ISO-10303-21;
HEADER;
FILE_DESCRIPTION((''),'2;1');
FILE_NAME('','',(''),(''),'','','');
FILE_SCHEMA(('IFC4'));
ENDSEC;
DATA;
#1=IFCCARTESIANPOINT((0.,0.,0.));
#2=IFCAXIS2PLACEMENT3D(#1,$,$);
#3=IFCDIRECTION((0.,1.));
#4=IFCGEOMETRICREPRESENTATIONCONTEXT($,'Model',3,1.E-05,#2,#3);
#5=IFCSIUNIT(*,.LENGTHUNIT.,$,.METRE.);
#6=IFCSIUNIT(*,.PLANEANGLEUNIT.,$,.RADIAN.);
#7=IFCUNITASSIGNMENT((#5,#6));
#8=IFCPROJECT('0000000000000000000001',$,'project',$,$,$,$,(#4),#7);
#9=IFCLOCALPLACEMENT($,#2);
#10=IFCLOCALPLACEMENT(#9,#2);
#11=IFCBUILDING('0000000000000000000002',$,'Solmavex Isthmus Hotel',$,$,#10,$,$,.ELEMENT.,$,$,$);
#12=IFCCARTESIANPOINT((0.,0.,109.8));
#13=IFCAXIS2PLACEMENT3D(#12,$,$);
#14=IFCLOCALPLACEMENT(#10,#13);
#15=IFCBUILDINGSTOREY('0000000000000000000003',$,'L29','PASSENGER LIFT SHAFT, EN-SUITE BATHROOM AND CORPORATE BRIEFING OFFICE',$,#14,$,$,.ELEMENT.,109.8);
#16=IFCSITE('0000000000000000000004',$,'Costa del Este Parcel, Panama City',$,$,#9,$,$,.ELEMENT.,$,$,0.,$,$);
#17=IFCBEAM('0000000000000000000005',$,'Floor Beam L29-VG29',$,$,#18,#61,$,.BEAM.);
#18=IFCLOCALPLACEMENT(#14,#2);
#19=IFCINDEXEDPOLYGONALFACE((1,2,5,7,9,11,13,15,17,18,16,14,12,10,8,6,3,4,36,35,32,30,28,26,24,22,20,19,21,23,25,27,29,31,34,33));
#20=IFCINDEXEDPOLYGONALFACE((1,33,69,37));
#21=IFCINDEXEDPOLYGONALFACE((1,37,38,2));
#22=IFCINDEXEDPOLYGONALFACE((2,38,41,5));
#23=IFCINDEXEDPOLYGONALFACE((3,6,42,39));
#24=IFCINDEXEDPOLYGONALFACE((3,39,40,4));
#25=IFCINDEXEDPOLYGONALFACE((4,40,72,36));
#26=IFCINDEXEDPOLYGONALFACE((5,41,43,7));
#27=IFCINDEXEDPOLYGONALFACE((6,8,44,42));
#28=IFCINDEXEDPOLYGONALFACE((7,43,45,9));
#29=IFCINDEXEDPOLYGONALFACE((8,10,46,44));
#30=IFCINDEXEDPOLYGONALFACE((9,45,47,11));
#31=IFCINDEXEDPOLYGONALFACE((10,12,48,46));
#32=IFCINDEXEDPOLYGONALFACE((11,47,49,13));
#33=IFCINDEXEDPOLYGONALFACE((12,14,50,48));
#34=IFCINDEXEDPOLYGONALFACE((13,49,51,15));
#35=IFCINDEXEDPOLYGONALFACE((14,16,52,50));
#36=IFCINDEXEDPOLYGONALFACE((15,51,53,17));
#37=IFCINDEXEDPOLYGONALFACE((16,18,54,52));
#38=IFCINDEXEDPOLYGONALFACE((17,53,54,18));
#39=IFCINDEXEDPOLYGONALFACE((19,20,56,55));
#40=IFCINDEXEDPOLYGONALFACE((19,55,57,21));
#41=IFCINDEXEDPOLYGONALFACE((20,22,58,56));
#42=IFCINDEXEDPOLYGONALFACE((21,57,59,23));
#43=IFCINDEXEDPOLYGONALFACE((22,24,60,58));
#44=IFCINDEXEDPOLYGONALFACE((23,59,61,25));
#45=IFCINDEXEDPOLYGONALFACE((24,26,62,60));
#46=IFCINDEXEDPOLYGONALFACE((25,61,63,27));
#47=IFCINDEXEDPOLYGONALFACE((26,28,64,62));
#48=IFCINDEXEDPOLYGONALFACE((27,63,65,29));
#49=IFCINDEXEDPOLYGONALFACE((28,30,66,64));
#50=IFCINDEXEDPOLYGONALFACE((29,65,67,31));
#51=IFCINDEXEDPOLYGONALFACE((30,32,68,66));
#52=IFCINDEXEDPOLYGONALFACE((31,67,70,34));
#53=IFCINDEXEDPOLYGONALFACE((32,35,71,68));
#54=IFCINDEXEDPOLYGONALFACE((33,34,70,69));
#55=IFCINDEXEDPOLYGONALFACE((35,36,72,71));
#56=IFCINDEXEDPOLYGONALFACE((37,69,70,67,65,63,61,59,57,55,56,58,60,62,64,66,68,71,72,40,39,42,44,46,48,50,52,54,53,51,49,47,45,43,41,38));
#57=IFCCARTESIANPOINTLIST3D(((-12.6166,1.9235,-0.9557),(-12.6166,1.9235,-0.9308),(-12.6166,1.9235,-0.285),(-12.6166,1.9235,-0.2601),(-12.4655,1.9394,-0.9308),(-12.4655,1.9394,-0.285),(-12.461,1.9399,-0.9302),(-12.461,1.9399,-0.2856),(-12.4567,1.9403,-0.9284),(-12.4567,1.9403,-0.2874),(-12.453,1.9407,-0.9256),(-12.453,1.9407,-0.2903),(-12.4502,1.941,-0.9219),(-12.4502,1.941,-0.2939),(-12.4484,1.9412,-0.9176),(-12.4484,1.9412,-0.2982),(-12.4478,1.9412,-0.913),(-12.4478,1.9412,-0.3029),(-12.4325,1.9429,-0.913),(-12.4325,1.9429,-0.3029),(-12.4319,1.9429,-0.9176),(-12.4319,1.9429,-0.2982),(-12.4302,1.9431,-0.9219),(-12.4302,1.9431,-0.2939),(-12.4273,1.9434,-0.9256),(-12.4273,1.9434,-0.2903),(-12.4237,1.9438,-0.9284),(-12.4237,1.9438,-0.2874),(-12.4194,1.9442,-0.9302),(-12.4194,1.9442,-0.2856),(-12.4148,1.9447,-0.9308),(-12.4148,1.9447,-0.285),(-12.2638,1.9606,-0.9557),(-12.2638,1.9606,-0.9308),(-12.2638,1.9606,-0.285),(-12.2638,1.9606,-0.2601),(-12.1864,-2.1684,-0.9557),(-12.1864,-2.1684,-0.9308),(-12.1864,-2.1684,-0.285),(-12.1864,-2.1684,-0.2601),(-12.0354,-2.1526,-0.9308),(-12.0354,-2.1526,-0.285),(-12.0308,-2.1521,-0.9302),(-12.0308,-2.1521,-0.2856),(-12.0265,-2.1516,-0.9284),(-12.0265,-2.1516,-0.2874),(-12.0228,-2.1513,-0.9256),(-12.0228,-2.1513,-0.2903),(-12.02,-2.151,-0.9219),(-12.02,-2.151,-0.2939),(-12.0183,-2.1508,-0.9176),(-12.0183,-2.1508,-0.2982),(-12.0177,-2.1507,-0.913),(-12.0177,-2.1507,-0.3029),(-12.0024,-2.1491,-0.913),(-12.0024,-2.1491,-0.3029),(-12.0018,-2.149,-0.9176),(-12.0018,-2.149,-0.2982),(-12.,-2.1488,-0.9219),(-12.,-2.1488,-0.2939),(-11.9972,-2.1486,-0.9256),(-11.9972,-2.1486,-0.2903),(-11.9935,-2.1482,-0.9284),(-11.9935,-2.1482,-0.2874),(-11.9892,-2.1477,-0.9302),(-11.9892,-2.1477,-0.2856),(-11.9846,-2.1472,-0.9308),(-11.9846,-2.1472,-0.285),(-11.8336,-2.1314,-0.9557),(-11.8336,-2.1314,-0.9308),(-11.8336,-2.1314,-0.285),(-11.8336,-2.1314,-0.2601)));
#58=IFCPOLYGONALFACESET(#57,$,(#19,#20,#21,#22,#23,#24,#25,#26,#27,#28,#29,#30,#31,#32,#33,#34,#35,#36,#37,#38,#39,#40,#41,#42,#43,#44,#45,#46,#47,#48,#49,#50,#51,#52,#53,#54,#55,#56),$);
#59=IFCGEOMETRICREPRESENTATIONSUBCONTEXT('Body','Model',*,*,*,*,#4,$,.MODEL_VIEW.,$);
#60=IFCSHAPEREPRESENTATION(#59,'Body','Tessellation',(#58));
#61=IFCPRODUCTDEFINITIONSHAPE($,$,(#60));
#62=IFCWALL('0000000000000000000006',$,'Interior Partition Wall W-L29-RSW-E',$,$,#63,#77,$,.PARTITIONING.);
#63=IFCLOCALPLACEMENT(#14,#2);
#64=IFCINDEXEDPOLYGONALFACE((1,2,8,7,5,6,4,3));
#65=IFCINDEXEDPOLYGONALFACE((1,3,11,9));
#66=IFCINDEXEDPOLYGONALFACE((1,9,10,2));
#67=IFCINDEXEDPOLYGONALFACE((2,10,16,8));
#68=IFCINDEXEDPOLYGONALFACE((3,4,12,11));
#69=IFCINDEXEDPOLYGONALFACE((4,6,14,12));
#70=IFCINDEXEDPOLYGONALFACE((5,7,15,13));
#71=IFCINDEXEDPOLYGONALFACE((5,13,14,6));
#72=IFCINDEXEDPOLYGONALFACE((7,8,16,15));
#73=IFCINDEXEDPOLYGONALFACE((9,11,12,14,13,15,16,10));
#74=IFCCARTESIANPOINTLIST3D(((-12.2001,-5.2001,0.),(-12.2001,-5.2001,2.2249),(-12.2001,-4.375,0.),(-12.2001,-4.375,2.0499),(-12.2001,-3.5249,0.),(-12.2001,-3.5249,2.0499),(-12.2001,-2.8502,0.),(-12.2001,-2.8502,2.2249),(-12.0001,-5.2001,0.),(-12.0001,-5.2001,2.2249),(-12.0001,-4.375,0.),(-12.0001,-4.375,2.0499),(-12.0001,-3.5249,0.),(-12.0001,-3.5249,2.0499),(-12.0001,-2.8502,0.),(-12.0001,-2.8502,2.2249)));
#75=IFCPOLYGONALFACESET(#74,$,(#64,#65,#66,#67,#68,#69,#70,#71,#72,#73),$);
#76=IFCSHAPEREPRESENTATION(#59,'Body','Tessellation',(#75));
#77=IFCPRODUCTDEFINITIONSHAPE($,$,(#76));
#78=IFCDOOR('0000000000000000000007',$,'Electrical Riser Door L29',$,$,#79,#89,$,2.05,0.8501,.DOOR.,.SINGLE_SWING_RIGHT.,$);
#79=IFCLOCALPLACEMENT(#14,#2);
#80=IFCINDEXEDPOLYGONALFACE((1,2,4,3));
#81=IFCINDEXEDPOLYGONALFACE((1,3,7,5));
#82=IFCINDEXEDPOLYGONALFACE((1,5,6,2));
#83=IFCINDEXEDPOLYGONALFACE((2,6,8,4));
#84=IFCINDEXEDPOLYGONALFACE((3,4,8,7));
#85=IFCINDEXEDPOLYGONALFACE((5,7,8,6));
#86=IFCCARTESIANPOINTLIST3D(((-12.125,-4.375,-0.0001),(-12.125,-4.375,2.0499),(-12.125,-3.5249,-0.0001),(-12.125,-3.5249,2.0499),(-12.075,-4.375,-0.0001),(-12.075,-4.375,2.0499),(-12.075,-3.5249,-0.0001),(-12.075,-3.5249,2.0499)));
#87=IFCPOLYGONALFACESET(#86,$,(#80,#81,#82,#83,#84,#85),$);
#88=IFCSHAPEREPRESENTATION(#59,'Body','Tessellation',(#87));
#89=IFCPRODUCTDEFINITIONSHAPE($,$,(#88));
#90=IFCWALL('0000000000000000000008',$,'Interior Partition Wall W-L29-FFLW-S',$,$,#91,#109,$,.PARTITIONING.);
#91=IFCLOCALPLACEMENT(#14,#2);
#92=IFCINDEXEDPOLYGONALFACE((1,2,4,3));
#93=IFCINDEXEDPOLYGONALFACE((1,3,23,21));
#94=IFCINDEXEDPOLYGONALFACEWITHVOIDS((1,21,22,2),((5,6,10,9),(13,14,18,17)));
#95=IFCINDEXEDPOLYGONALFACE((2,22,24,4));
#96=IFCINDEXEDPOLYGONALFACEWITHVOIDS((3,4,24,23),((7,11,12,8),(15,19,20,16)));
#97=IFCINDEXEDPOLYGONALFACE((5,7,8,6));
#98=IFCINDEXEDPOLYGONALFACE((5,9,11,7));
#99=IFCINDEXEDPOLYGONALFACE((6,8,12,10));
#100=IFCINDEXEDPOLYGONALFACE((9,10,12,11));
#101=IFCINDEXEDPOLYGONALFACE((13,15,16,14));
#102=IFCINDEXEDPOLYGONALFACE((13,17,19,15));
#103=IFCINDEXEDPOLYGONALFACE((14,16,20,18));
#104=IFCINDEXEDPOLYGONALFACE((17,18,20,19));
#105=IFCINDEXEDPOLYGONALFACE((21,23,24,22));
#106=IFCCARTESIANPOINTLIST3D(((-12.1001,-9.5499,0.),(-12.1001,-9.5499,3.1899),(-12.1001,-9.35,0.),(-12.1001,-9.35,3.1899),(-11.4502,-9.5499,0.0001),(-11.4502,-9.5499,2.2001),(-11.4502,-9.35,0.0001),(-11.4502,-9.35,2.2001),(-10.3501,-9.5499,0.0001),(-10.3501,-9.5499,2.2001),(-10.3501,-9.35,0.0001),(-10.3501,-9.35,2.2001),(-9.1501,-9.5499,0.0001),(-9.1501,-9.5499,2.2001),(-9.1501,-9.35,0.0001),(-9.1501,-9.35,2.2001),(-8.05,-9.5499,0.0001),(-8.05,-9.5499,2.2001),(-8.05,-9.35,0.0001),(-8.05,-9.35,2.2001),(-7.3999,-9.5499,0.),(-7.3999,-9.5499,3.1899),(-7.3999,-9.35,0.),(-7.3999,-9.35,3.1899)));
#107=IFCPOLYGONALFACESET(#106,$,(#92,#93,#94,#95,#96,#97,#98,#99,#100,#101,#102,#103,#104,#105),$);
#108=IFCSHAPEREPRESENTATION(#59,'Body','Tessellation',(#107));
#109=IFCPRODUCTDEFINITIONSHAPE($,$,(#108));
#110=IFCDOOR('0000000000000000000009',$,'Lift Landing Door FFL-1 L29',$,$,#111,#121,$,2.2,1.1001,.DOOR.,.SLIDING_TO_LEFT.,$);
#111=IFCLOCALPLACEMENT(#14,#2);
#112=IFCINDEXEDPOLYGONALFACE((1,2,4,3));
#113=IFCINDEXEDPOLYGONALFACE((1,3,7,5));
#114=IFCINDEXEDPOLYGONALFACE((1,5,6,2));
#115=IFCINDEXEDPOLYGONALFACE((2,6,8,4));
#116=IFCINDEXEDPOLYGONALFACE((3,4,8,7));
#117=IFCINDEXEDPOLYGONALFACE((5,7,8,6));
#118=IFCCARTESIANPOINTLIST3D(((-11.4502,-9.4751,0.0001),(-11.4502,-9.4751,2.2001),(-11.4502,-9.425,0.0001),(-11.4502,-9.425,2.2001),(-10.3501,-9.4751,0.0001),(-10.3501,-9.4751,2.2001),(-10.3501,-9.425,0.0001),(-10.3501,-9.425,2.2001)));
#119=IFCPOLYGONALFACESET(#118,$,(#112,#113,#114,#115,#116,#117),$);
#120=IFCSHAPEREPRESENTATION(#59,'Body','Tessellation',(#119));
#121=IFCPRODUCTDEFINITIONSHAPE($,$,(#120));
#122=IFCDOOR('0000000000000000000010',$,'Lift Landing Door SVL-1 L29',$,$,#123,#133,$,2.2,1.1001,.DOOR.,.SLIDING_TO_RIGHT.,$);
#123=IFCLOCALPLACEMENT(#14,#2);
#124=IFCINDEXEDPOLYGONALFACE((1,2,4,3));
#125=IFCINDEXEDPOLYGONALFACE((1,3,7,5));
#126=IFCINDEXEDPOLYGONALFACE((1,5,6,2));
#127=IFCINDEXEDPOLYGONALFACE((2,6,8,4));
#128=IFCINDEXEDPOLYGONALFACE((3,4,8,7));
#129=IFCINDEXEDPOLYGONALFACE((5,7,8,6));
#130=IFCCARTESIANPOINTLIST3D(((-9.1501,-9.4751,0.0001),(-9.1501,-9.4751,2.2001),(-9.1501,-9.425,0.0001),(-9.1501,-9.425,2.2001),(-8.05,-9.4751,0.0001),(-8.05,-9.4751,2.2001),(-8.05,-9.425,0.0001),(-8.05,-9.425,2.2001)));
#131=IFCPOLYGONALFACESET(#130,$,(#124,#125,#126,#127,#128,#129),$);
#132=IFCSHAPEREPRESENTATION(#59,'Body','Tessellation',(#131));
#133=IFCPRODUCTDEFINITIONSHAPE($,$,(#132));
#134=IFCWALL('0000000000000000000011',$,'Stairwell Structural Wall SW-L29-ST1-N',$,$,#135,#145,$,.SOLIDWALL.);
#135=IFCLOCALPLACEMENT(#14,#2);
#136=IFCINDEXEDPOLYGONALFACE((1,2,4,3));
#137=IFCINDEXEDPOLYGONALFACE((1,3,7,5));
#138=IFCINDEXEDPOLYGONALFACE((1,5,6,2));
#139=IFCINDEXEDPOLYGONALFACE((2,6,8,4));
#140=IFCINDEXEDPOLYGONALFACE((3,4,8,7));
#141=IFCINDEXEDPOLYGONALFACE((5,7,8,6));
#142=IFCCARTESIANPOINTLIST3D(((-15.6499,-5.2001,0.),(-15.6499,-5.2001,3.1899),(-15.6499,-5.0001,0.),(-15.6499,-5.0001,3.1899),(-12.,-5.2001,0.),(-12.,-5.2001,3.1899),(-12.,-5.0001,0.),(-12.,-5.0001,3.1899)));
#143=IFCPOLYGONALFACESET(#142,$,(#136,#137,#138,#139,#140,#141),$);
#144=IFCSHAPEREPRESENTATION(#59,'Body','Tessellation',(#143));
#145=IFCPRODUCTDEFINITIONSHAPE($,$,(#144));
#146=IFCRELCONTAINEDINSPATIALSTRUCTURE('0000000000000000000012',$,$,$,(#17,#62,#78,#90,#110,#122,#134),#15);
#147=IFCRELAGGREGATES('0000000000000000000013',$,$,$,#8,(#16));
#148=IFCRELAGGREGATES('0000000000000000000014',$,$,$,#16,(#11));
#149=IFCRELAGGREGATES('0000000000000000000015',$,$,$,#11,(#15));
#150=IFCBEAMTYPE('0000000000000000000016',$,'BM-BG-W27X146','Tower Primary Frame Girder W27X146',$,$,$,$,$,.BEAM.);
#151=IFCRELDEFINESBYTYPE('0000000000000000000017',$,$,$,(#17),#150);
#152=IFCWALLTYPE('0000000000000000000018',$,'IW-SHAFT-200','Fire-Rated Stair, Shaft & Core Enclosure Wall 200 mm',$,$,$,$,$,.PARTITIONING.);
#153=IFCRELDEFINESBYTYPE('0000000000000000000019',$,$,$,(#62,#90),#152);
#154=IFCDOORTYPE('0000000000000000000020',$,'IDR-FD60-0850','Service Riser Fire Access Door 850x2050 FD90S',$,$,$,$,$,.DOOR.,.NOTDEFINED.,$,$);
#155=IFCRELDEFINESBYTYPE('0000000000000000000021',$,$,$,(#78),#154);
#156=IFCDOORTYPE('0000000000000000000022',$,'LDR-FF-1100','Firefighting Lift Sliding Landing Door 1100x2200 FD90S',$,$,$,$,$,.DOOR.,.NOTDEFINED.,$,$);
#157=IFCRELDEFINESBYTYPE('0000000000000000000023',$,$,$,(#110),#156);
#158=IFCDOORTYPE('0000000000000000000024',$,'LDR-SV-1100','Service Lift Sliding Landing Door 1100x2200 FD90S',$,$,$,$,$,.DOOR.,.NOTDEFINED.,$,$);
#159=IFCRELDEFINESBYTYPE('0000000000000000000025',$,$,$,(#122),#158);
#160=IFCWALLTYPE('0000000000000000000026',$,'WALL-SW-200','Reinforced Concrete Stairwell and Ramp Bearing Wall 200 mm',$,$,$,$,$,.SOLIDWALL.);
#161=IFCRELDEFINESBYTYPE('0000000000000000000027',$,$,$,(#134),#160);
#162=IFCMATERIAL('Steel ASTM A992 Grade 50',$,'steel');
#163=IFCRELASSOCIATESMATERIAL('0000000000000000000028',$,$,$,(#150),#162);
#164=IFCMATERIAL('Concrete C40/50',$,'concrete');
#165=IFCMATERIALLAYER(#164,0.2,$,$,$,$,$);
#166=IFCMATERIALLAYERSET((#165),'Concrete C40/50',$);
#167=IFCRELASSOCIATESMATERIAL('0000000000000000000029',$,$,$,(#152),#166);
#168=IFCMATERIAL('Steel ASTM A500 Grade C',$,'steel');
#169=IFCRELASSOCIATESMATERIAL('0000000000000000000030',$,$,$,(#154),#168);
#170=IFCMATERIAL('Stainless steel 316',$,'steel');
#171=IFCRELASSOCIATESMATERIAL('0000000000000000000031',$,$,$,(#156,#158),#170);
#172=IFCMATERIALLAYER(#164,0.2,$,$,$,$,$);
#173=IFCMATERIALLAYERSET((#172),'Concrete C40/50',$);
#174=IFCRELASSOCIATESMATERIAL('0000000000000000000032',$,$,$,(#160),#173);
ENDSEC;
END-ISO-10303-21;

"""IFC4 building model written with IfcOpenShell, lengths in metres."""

from ifc_helpers import new_model, si_unit, direction, frame, frame_2d, origin, origin_2d, place, context, subcontext, project, spatial, rectangle, i_section, extrude, material, layer, layer_set, material_profile, profile_set, type_object, element, fill, save


model = new_model("IFC4")

# Units and contexts
model_context = context("Model", 3, precision=1e-05, world=origin(), true_north=direction((0.0, 1.0)))
body_context = subcontext(model_context, "Body", "Model", "MODEL_VIEW")
ifc_project = project(units=[si_unit("LENGTHUNIT", "METRE"), si_unit("PLANEANGLEUNIT", "RADIAN")], contexts=[model_context])

# Site, building, storey
site_placement = place(None, origin())
site = spatial("IfcSite", under=ifc_project, at=site_placement, Name="Costa del Este Parcel, Panama City", CompositionType="ELEMENT", RefElevation=0.0)
building_placement = place(site_placement, origin())
building = spatial("IfcBuilding", under=site, at=building_placement, Name="Solmavex Isthmus Hotel", CompositionType="ELEMENT")
storey_placement = place(building_placement, frame((0.0, 0.0, 109.8)))
storey = spatial("IfcBuildingStorey", under=building, at=storey_placement, Name="L29", Description="PASSENGER LIFT SHAFT, EN-SUITE BATHROOM AND CORPORATE BRIEFING OFFICE", CompositionType="ELEMENT", Elevation=109.8)

# Beam
ifc_material_1 = material(Name="Steel ASTM A992 Grade 50", Category="steel")
ifc_material_profile = material_profile(ifc_material_1, i_section(OverallWidth=0.3547, OverallDepth=0.6956, WebThickness=0.0154, FlangeThickness=0.0249, FilletRadius=0.0178, at=origin_2d()), Name="W27X146")
ifc_profile_set = profile_set([ifc_material_profile], Name="Steel ASTM A992 Grade 50")
beam_type = type_object("IfcBeamType", Name="BM-BG-W27X146", Description="Tower Primary Frame Girder W27X146", PredefinedType="BEAM", material=ifc_profile_set)
beam_placement = place(storey_placement, frame((-12.01, -2.1499, -0.6079), z_axis=(-0.104549, 0.99452, 0.0), x_axis=(-0.99452, -0.104549, 0.0)))
element("IfcBeam", 1, at=beam_placement, inside=storey, type_object=beam_type, Name="Floor Beam L29-VG29", PredefinedType="BEAM", context=body_context, shape_type="SweptSolid", body=[
    extrude(i_section(OverallWidth=0.3547, OverallDepth=0.6956, WebThickness=0.0154, FlangeThickness=0.0249, FilletRadius=0.0178, at=origin_2d()), origin(), (0.0, 0.0, 1.0), 4.1145),
])

# Wall, opening, door
ifc_material_2 = material(Name="Concrete C40/50", Category="concrete")
ifc_layer_1 = layer(ifc_material_2, 0.2)
ifc_layer_set_1 = layer_set([ifc_layer_1], Name="Concrete C40/50")
wall_type_1 = type_object("IfcWallType", Name="IW-SHAFT-200", Description="Fire-Rated Stair, Shaft & Core Enclosure Wall 200 mm", PredefinedType="PARTITIONING", material=ifc_layer_set_1)
wall_1_placement = place(storey_placement, frame((-12.1001, -5.2, 0.0), z_axis=(0.0, 0.0, 1.0), x_axis=(0.0, 1.0, 0.0)))
wall_1 = element("IfcWall", 2, at=wall_1_placement, inside=storey, type_object=wall_type_1, Name="Interior Partition Wall W-L29-RSW-E", PredefinedType="PARTITIONING", context=body_context, shape_type="SweptSolid", body=[
    extrude(rectangle(XDim=2.3499, YDim=0.2, at=frame_2d((1.1748, 0.0))), origin(), (0.0, 0.0, 1.0), 2.2249),
])
opening_1_placement = place(wall_1_placement, frame((0.825, 0.0, 0.0)))
opening_1 = element("IfcOpeningElement", 3, at=opening_1_placement, cuts=wall_1, PredefinedType="OPENING", context=body_context, shape_type="SweptSolid", body=[
    extrude(rectangle(XDim=0.8501, YDim=2.05, at=frame_2d((0.425, 1.0249))), frame((0.0, 0.1099, 0.0), z_axis=(0.0, -1.0, 0.0), x_axis=(1.0, 0.0, 0.0)), (0.0, 0.0, 1.0), 0.22),
])
ifc_material_3 = material(Name="Steel ASTM A500 Grade C", Category="steel")
door_type_1 = type_object("IfcDoorType", Name="IDR-FD60-0850", Description="Service Riser Fire Access Door 850x2050 FD90S", OperationType="NOTDEFINED", PredefinedType="DOOR", material=ifc_material_3)
door_1_placement = place(opening_1_placement, origin())
door_1 = element("IfcDoor", 4, at=door_1_placement, inside=storey, type_object=door_type_1, Name="Electrical Riser Door L29", OperationType="SINGLE_SWING_RIGHT", OverallHeight=2.05, OverallWidth=0.8501, PredefinedType="DOOR", context=body_context, shape_type="SweptSolid", body=[
    extrude(rectangle(XDim=0.8501, YDim=2.05, at=frame_2d((0.425, 1.0249))), frame((0.0, 0.0249, 0.0), z_axis=(0.0, -1.0, 0.0), x_axis=(1.0, 0.0, 0.0)), (0.0, 0.0, 1.0), 0.05),
])
fill(opening_1, door_1)

# Wall, openings, doors
wall_2_placement = place(storey_placement, frame((-12.1001, -9.45, 0.0), z_axis=(0.0, 0.0, 1.0), x_axis=(1.0, 0.0, 0.0)))
wall_2 = element("IfcWall", 5, at=wall_2_placement, inside=storey, type_object=wall_type_1, Name="Interior Partition Wall W-L29-FFLW-S", PredefinedType="PARTITIONING", context=body_context, shape_type="SweptSolid", body=[
    extrude(rectangle(XDim=4.7002, YDim=0.2, at=frame_2d((2.3501, 0.0))), origin(), (0.0, 0.0, 1.0), 3.1899),
])
opening_2_placement = place(wall_2_placement, frame((0.6499, 0.0, 0.0)))
opening_2 = element("IfcOpeningElement", 6, at=opening_2_placement, cuts=wall_2, PredefinedType="OPENING", context=body_context, shape_type="SweptSolid", body=[
    extrude(rectangle(XDim=1.1001, YDim=2.2, at=frame_2d((0.55, 1.1001))), frame((0.0, 0.1099, 0.0), z_axis=(0.0, -1.0, 0.0), x_axis=(1.0, 0.0, 0.0)), (0.0, 0.0, 1.0), 0.22),
])
opening_3_placement = place(wall_2_placement, frame((2.95, 0.0, 0.0)))
opening_3 = element("IfcOpeningElement", 7, at=opening_3_placement, cuts=wall_2, PredefinedType="OPENING", context=body_context, shape_type="SweptSolid", body=[
    extrude(rectangle(XDim=1.1001, YDim=2.2, at=frame_2d((0.55, 1.1001))), frame((0.0, 0.1099, 0.0), z_axis=(0.0, -1.0, 0.0), x_axis=(1.0, 0.0, 0.0)), (0.0, 0.0, 1.0), 0.22),
])
ifc_material_4 = material(Name="Stainless steel 316", Category="steel")
door_type_2 = type_object("IfcDoorType", Name="LDR-FF-1100", Description="Firefighting Lift Sliding Landing Door 1100x2200 FD90S", OperationType="NOTDEFINED", PredefinedType="DOOR", material=ifc_material_4)
door_2_placement = place(opening_2_placement, origin())
door_2 = element("IfcDoor", 8, at=door_2_placement, inside=storey, type_object=door_type_2, Name="Lift Landing Door FFL-1 L29", OperationType="SLIDING_TO_LEFT", OverallHeight=2.2, OverallWidth=1.1001, PredefinedType="DOOR", context=body_context, shape_type="SweptSolid", body=[
    extrude(rectangle(XDim=1.1001, YDim=2.2, at=frame_2d((0.55, 1.1001))), frame((0.0, 0.0249, 0.0), z_axis=(0.0, -1.0, 0.0), x_axis=(1.0, 0.0, 0.0)), (0.0, 0.0, 1.0), 0.05),
])
fill(opening_2, door_2)
door_type_3 = type_object("IfcDoorType", Name="LDR-SV-1100", Description="Service Lift Sliding Landing Door 1100x2200 FD90S", OperationType="NOTDEFINED", PredefinedType="DOOR", material=ifc_material_4)
door_3_placement = place(opening_3_placement, origin())
door_3 = element("IfcDoor", 9, at=door_3_placement, inside=storey, type_object=door_type_3, Name="Lift Landing Door SVL-1 L29", OperationType="SLIDING_TO_RIGHT", OverallHeight=2.2, OverallWidth=1.1001, PredefinedType="DOOR", context=body_context, shape_type="SweptSolid", body=[
    extrude(rectangle(XDim=1.1001, YDim=2.2, at=frame_2d((0.55, 1.1001))), frame((0.0, 0.0249, 0.0), z_axis=(0.0, -1.0, 0.0), x_axis=(1.0, 0.0, 0.0)), (0.0, 0.0, 1.0), 0.05),
])
fill(opening_3, door_3)

# Wall
ifc_layer_2 = layer(ifc_material_2, 0.2)
ifc_layer_set_2 = layer_set([ifc_layer_2], Name="Concrete C40/50")
wall_type_2 = type_object("IfcWallType", Name="WALL-SW-200", Description="Reinforced Concrete Stairwell and Ramp Bearing Wall 200 mm", PredefinedType="SOLIDWALL", material=ifc_layer_set_2)
wall_3_placement = place(storey_placement, frame((-15.6499, -5.1001, 0.0), z_axis=(0.0, 0.0, 1.0), x_axis=(1.0, 0.0, 0.0)))
element("IfcWall", 10, at=wall_3_placement, inside=storey, type_object=wall_type_2, Name="Stairwell Structural Wall SW-L29-ST1-N", PredefinedType="SOLIDWALL", context=body_context, shape_type="SweptSolid", body=[
    extrude(rectangle(XDim=3.6499, YDim=0.2, at=frame_2d((1.825, 0.0))), origin(), (0.0, 0.0, 1.0), 3.1899),
])

save(model, "model.ifc")
